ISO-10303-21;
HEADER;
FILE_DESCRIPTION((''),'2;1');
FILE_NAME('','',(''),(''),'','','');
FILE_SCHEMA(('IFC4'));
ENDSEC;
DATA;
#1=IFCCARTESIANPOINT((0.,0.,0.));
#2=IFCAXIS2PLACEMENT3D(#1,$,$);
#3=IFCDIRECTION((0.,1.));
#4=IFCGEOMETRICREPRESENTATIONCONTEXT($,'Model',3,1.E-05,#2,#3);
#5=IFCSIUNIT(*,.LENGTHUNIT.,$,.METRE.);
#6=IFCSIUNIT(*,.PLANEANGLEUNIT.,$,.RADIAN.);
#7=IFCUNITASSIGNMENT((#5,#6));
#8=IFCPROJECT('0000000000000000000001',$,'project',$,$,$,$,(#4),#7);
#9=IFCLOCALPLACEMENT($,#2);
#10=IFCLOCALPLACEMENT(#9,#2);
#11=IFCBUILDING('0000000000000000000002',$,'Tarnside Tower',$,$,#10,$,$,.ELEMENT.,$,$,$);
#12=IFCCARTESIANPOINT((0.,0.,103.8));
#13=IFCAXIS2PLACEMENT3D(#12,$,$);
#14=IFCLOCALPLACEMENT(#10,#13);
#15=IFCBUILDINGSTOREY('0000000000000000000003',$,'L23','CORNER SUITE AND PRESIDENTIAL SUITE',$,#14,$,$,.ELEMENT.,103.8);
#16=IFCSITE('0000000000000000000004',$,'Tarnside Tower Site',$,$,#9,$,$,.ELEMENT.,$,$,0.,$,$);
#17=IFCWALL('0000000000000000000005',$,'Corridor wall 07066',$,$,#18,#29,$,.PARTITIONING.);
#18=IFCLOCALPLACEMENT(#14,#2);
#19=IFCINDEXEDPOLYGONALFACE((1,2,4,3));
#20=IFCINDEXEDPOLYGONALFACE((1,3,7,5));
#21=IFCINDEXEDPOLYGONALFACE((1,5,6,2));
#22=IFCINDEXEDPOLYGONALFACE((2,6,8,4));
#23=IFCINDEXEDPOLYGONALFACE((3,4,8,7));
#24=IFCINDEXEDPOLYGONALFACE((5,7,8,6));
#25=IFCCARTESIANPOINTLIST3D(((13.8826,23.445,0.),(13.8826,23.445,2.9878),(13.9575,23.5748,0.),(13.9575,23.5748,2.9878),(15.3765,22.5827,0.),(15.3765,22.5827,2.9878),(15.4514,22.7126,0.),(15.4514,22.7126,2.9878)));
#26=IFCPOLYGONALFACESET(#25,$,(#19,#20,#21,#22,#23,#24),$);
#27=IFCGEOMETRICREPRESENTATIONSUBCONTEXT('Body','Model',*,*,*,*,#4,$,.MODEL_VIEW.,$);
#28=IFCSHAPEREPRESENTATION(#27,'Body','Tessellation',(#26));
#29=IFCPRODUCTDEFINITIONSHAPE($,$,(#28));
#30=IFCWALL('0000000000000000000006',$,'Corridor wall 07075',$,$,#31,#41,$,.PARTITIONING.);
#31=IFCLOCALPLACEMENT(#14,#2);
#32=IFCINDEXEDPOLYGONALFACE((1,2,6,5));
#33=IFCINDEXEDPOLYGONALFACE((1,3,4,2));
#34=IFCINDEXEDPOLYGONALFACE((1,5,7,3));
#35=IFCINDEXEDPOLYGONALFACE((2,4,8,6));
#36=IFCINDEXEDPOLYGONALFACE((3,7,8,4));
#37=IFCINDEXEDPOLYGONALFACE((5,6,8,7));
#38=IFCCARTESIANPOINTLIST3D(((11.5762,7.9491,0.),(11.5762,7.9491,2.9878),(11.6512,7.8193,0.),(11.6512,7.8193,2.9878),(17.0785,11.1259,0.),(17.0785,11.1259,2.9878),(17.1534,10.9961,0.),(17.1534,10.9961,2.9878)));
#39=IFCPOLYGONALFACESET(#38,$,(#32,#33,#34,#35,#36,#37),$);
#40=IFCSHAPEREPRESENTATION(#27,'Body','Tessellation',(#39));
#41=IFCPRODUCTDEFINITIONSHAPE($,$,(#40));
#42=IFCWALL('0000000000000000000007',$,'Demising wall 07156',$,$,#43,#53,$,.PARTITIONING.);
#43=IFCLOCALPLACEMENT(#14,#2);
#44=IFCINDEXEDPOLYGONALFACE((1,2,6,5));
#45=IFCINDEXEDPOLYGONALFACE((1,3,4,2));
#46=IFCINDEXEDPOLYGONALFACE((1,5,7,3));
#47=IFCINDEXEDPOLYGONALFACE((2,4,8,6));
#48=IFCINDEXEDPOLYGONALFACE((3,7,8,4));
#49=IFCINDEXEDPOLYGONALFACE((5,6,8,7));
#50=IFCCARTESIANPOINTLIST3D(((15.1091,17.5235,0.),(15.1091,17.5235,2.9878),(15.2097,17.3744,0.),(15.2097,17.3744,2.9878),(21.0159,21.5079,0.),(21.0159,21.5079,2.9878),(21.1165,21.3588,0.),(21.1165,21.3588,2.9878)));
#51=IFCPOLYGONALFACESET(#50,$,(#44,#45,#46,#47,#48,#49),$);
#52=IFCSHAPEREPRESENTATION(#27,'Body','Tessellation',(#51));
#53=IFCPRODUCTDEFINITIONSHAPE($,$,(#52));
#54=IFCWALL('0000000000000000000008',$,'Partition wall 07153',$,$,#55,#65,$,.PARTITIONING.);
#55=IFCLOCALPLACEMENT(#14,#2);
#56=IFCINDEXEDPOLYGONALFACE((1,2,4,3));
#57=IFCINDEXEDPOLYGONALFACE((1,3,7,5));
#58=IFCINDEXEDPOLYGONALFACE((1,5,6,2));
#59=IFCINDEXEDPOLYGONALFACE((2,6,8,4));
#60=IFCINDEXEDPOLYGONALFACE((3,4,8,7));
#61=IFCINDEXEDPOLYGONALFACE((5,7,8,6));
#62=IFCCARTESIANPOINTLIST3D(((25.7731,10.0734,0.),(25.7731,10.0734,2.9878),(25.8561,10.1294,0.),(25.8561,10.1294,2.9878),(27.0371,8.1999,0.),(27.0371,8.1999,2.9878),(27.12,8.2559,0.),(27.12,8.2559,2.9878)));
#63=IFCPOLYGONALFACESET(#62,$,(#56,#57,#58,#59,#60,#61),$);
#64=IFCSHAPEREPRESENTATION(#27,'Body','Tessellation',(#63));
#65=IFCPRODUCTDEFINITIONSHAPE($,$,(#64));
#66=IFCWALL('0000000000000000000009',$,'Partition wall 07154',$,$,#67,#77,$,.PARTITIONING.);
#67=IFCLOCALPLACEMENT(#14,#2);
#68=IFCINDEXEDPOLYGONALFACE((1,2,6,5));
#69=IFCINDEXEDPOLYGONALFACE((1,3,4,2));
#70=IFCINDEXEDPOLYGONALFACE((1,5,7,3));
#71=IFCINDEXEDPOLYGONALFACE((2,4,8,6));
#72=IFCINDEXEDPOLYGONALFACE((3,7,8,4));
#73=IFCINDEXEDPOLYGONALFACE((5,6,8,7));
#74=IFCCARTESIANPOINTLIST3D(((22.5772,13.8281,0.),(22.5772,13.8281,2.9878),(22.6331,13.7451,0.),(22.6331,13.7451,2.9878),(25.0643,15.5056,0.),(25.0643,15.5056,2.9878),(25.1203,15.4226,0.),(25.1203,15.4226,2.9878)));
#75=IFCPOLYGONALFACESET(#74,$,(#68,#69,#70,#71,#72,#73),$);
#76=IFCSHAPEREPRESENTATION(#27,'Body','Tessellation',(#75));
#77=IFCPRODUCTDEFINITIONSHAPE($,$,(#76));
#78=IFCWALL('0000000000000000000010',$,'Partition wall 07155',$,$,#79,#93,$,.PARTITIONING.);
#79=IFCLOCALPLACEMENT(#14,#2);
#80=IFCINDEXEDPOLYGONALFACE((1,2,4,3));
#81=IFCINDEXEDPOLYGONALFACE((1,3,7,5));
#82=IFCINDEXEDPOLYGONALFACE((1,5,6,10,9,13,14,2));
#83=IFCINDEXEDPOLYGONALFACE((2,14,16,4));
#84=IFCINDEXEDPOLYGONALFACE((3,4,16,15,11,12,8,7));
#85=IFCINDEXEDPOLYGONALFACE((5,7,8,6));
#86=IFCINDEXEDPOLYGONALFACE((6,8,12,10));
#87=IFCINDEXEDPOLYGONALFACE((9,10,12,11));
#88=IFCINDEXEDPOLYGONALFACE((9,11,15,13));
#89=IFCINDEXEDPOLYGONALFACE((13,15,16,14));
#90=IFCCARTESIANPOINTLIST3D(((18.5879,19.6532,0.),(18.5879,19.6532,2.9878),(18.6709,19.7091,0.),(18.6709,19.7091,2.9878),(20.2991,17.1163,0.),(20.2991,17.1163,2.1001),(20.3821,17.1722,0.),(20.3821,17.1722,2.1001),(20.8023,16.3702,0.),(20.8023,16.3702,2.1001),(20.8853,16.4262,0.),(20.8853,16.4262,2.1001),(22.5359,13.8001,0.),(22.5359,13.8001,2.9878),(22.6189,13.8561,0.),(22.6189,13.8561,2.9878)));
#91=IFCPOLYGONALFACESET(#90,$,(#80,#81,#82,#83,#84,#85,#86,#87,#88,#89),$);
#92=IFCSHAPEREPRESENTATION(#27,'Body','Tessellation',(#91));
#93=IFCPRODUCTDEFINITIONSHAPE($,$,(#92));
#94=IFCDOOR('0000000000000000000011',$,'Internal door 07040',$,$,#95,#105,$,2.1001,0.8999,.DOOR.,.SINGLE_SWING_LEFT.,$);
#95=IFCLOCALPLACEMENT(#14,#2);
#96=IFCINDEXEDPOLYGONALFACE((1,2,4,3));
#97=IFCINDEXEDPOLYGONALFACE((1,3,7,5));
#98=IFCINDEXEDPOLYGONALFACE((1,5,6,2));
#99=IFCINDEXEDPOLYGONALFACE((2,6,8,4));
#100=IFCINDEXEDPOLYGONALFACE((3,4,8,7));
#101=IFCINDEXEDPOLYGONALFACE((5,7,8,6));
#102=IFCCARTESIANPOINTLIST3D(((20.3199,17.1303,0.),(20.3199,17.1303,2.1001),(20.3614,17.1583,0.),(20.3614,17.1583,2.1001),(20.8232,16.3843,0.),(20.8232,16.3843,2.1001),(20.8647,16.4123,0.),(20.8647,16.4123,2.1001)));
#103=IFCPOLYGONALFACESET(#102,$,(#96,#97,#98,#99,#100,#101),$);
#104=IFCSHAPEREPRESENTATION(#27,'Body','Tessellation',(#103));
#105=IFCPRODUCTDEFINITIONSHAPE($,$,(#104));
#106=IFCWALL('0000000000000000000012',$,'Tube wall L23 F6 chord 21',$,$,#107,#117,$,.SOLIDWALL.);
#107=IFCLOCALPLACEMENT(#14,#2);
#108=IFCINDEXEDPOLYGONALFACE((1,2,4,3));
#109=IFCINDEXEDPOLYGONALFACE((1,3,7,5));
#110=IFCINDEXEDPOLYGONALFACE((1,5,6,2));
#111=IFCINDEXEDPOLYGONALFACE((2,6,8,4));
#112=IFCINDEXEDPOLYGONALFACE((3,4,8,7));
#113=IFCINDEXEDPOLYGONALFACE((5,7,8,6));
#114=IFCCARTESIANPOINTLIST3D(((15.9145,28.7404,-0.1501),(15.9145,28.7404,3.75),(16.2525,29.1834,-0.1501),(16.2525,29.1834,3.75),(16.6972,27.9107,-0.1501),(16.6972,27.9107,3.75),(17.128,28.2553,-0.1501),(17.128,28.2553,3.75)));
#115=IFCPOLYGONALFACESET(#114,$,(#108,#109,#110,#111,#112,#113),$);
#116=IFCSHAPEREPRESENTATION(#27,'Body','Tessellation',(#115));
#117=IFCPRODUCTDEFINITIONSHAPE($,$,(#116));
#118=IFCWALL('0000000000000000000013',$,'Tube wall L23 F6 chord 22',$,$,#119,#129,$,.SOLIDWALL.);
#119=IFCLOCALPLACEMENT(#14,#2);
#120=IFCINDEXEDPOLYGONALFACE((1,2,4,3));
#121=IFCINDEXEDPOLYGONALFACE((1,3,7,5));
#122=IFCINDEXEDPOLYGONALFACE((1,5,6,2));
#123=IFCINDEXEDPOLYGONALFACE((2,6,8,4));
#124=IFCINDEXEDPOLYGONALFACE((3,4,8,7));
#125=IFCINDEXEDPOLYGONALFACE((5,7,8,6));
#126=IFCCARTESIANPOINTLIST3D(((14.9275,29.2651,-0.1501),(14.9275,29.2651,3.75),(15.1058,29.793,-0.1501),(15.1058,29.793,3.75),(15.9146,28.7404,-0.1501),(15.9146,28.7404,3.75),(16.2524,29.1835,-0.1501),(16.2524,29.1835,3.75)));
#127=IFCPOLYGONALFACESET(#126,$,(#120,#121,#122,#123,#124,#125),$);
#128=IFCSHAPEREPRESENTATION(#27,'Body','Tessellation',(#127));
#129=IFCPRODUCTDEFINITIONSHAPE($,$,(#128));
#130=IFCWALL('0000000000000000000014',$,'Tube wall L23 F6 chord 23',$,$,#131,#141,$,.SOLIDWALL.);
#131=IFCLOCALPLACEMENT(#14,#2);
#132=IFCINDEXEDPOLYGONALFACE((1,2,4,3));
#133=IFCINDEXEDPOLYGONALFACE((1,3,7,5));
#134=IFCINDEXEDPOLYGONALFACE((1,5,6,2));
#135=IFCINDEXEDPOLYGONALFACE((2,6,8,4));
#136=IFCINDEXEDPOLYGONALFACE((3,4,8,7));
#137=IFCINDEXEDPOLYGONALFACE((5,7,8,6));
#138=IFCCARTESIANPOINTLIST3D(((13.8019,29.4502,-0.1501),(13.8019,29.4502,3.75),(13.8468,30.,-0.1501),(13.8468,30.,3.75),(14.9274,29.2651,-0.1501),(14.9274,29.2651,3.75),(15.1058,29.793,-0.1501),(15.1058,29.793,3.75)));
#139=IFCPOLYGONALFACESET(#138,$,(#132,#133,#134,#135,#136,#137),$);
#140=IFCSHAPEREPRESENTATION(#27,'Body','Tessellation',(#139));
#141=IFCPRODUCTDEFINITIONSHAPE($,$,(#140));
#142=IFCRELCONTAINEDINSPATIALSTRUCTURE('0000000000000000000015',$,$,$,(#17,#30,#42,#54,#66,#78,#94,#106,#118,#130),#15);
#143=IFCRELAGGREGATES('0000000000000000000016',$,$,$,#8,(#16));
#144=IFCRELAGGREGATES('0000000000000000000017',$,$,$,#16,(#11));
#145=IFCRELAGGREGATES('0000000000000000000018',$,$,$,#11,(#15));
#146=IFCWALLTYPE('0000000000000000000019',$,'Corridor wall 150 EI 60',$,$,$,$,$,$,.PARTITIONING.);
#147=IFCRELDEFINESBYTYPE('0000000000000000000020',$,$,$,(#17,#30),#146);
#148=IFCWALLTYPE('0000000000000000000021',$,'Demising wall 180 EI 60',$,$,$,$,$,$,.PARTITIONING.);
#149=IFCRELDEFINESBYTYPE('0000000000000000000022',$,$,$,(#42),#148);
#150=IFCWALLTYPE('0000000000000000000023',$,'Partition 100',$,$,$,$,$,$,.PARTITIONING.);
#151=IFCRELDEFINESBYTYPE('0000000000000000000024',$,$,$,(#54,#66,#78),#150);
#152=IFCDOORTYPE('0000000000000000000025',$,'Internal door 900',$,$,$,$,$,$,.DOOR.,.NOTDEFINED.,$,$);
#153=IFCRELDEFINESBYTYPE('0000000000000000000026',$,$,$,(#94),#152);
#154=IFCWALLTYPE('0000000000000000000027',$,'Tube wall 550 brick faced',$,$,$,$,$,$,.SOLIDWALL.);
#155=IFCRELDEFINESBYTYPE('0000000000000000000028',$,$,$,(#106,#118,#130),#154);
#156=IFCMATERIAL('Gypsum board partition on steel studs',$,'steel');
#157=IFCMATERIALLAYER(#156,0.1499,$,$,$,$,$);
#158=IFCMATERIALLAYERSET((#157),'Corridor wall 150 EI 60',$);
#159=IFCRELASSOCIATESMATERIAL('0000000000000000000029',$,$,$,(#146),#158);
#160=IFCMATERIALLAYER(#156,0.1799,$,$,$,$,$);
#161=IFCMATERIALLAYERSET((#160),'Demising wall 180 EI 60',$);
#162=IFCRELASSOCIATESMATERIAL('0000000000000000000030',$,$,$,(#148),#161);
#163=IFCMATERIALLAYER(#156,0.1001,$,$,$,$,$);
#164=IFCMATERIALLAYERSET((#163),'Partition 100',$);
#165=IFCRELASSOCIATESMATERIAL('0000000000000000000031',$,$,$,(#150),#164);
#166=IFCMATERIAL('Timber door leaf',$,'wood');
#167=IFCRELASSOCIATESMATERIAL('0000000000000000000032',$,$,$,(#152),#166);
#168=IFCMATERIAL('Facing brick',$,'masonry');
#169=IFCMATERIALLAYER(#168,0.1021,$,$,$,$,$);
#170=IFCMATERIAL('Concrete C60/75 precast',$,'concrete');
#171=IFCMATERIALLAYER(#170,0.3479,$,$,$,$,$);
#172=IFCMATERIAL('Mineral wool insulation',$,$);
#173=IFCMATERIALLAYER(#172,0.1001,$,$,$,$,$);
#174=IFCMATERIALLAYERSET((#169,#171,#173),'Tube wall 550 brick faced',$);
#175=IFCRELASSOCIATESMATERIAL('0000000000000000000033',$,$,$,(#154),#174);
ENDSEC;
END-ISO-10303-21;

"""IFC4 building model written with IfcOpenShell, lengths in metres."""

from ifc_helpers import new_model, si_unit, direction, frame, frame_2d, origin, place, context, subcontext, project, spatial, polyline, rectangle, outline, extrude, material, layer, layer_set, type_object, element, fill, save


model = new_model("IFC4")

# Units and contexts
model_context = context("Model", 3, precision=1e-05, world=origin(), true_north=direction((0.0, 1.0)))
body_context = subcontext(model_context, "Body", "Model", "MODEL_VIEW")
ifc_project = project(units=[si_unit("LENGTHUNIT", "METRE"), si_unit("PLANEANGLEUNIT", "RADIAN")], contexts=[model_context])

# Site, building, storey
site_placement = place(None, origin())
site = spatial("IfcSite", under=ifc_project, at=site_placement, Name="Tarnside Tower Site", CompositionType="ELEMENT", RefElevation=0.0)
building_placement = place(site_placement, origin())
building = spatial("IfcBuilding", under=site, at=building_placement, Name="Tarnside Tower", CompositionType="ELEMENT")
storey_placement = place(building_placement, frame((0.0, 0.0, 103.8)))
storey = spatial("IfcBuildingStorey", under=building, at=storey_placement, Name="L23", Description="CORNER SUITE AND PRESIDENTIAL SUITE", CompositionType="ELEMENT", Elevation=103.8)

# Walls
ifc_material_1 = material(Name="Gypsum board partition on steel studs", Category="steel")
ifc_layer_1 = layer(ifc_material_1, 0.1499)
ifc_layer_set_1 = layer_set([ifc_layer_1], Name="Corridor wall 150 EI 60")
wall_type_1 = type_object("IfcWallType", Name="Corridor wall 150 EI 60", PredefinedType="PARTITIONING", material=ifc_layer_set_1)
wall_1_placement = place(storey_placement, frame((15.4138, 22.6477, 0.0), z_axis=(0.0, 0.0, 1.0), x_axis=(-0.866075, 0.499914, 0.0)))
element("IfcWall", 1, at=wall_1_placement, inside=storey, type_object=wall_type_1, Name="Corridor wall 07066", PredefinedType="PARTITIONING", context=body_context, shape_type="SweptSolid", body=[
    extrude(rectangle(XDim=1.7249, YDim=0.1499, at=frame_2d((0.8623, 0.0))), origin(), (0.0, 0.0, 1.0), 2.9878),
])
wall_2_placement = place(storey_placement, frame((17.116, 11.061, 0.0), z_axis=(0.0, 0.0, 1.0), x_axis=(-0.866021, -0.500007, 0.0)))
element("IfcWall", 2, at=wall_2_placement, inside=storey, type_object=wall_type_1, Name="Corridor wall 07075", PredefinedType="PARTITIONING", context=body_context, shape_type="SweptSolid", body=[
    extrude(rectangle(XDim=6.3535, YDim=0.1499, at=frame_2d((3.1768, 0.0))), origin(), (0.0, 0.0, 1.0), 2.9878),
])
ifc_layer_2 = layer(ifc_material_1, 0.1799)
ifc_layer_set_2 = layer_set([ifc_layer_2], Name="Demising wall 180 EI 60")
wall_type_2 = type_object("IfcWallType", Name="Demising wall 180 EI 60", PredefinedType="PARTITIONING", material=ifc_layer_set_2)
wall_3_placement = place(storey_placement, frame((21.0662, 21.4333, 0.0), z_axis=(0.0, 0.0, 1.0), x_axis=(-0.829023, -0.559215, 0.0)))
element("IfcWall", 3, at=wall_3_placement, inside=storey, type_object=wall_type_2, Name="Demising wall 07156", PredefinedType="PARTITIONING", context=body_context, shape_type="SweptSolid", body=[
    extrude(rectangle(XDim=7.125, YDim=0.1799, at=frame_2d((3.5625, 0.0))), origin(), (0.0, 0.0, 1.0), 2.9878),
])
ifc_layer_3 = layer(ifc_material_1, 0.1001)
ifc_layer_set_3 = layer_set([ifc_layer_3], Name="Partition 100")
wall_type_3 = type_object("IfcWallType", Name="Partition 100", PredefinedType="PARTITIONING", material=ifc_layer_set_3)
wall_4_placement = place(storey_placement, frame((25.8147, 10.1013, 0.0), z_axis=(0.0, 0.0, 1.0), x_axis=(0.559254, -0.828996, 0.0)))
element("IfcWall", 4, at=wall_4_placement, inside=storey, type_object=wall_type_3, Name="Partition wall 07153", PredefinedType="PARTITIONING", context=body_context, shape_type="SweptSolid", body=[
    extrude(rectangle(XDim=2.26, YDim=0.1001, at=frame_2d((1.1299, 0.0))), origin(), (0.0, 0.0, 1.0), 2.9878),
])
wall_5_placement = place(storey_placement, frame((25.0923, 15.4641, 0.0), z_axis=(0.0, 0.0, 1.0), x_axis=(-0.829046, -0.559181, 0.0)))
element("IfcWall", 5, at=wall_5_placement, inside=storey, type_object=wall_type_3, Name="Partition wall 07154", PredefinedType="PARTITIONING", context=body_context, shape_type="SweptSolid", body=[
    extrude(rectangle(XDim=3.0, YDim=0.1001, at=frame_2d((1.5, 0.0))), origin(), (0.0, 0.0, 1.0), 2.9878),
])

# Wall, opening, door
wall_6_placement = place(storey_placement, frame((22.5774, 13.8281, 0.0), z_axis=(0.0, 0.0, 1.0), x_axis=(-0.559201, 0.829032, 0.0)))
wall_6 = element("IfcWall", 6, at=wall_6_placement, inside=storey, type_object=wall_type_3, Name="Partition wall 07155", PredefinedType="PARTITIONING", context=body_context, shape_type="SweptSolid", body=[
    extrude(rectangle(XDim=7.0601, YDim=0.1001, at=frame_2d((3.53, 0.0))), origin(), (0.0, 0.0, 1.0), 2.9878),
])
opening_placement = place(wall_6_placement, frame((3.1001, 0.0, 0.0)))
opening = element("IfcOpeningElement", 7, at=opening_placement, cuts=wall_6, PredefinedType="OPENING", context=body_context, shape_type="SweptSolid", body=[
    extrude(rectangle(XDim=0.8999, YDim=2.1001, at=frame_2d((0.45, 1.05))), frame((0.0, 0.0601, 0.0), z_axis=(0.0, -1.0, 0.0), x_axis=(1.0, 0.0, 0.0)), (0.0, 0.0, 1.0), 0.1201),
])
ifc_material_2 = material(Name="Timber door leaf", Category="wood")
door_type = type_object("IfcDoorType", Name="Internal door 900", OperationType="NOTDEFINED", PredefinedType="DOOR", material=ifc_material_2)
door_placement = place(opening_placement, origin())
door = element("IfcDoor", 8, at=door_placement, inside=storey, type_object=door_type, Name="Internal door 07040", OperationType="SINGLE_SWING_LEFT", OverallHeight=2.1001, OverallWidth=0.8999, PredefinedType="DOOR", context=body_context, shape_type="SweptSolid", body=[
    extrude(rectangle(XDim=0.8999, YDim=2.1001, at=frame_2d((0.45, 1.05))), frame((0.0, 0.0249, 0.0), z_axis=(0.0, -1.0, 0.0), x_axis=(1.0, 0.0, 0.0)), (0.0, 0.0, 1.0), 0.05),
])
fill(opening, door)

# Walls
ifc_material_3 = material(Name="Facing brick", Category="masonry")
ifc_layer_4 = layer(ifc_material_3, 0.1021)
ifc_material_4 = material(Name="Concrete C60/75 precast", Category="concrete")
ifc_layer_5 = layer(ifc_material_4, 0.3479)
ifc_material_5 = material(Name="Mineral wool insulation")
ifc_layer_6 = layer(ifc_material_5, 0.1001)
ifc_layer_set_4 = layer_set([ifc_layer_4, ifc_layer_5, ifc_layer_6], Name="Tube wall 550 brick faced")
wall_type_4 = type_object("IfcWallType", Name="Tube wall 550 brick faced", PredefinedType="SOLIDWALL", material=ifc_layer_set_4)
wall_7_placement = place(storey_placement, frame((16.9126, 28.083, -0.1501), z_axis=(0.0, 0.0, 1.0), x_axis=(-0.686196, 0.727416, 0.0)))
element("IfcWall", 9, at=wall_7_placement, inside=storey, type_object=wall_type_4, Name="Tube wall L23 F6 chord 21", PredefinedType="SOLIDWALL", context=body_context, shape_type="SweptSolid", body=[
    extrude(outline(polyline([(-0.0225, -0.2749), (1.2534, -0.2749), (1.1631, 0.2749), (0.0225, 0.2749), (-0.0225, -0.2749)])), origin(), (0.0, 0.0, 1.0), 3.9001),
])
wall_8_placement = place(storey_placement, frame((16.0835, 28.9619, -0.1501), z_axis=(0.0, 0.0, 1.0), x_axis=(-0.882995, 0.469382, 0.0)))
element("IfcWall", 10, at=wall_8_placement, inside=storey, type_object=wall_type_4, Name="Tube wall L23 F6 chord 22", PredefinedType="SOLIDWALL", context=body_context, shape_type="SweptSolid", body=[
    extrude(outline(polyline([(-0.0452, -0.2749), (1.2534, -0.2749), (1.1631, 0.2749), (0.0452, 0.2749), (-0.0452, -0.2749)])), origin(), (0.0, 0.0, 1.0), 3.9001),
])
wall_9_placement = place(storey_placement, frame((15.0166, 29.5291, -0.1501), z_axis=(0.0, 0.0, 1.0), x_axis=(-0.986747, 0.162269, 0.0)))
element("IfcWall", 11, at=wall_9_placement, inside=storey, type_object=wall_type_4, Name="Tube wall L23 F6 chord 23", PredefinedType="SOLIDWALL", context=body_context, shape_type="SweptSolid", body=[
    extrude(outline(polyline([(-0.0452, -0.2749), (1.2307, -0.2749), (1.1858, 0.2749), (0.0452, 0.2749), (-0.0452, -0.2749)])), origin(), (0.0, 0.0, 1.0), 3.9001),
])

save(model, "model.ifc")
